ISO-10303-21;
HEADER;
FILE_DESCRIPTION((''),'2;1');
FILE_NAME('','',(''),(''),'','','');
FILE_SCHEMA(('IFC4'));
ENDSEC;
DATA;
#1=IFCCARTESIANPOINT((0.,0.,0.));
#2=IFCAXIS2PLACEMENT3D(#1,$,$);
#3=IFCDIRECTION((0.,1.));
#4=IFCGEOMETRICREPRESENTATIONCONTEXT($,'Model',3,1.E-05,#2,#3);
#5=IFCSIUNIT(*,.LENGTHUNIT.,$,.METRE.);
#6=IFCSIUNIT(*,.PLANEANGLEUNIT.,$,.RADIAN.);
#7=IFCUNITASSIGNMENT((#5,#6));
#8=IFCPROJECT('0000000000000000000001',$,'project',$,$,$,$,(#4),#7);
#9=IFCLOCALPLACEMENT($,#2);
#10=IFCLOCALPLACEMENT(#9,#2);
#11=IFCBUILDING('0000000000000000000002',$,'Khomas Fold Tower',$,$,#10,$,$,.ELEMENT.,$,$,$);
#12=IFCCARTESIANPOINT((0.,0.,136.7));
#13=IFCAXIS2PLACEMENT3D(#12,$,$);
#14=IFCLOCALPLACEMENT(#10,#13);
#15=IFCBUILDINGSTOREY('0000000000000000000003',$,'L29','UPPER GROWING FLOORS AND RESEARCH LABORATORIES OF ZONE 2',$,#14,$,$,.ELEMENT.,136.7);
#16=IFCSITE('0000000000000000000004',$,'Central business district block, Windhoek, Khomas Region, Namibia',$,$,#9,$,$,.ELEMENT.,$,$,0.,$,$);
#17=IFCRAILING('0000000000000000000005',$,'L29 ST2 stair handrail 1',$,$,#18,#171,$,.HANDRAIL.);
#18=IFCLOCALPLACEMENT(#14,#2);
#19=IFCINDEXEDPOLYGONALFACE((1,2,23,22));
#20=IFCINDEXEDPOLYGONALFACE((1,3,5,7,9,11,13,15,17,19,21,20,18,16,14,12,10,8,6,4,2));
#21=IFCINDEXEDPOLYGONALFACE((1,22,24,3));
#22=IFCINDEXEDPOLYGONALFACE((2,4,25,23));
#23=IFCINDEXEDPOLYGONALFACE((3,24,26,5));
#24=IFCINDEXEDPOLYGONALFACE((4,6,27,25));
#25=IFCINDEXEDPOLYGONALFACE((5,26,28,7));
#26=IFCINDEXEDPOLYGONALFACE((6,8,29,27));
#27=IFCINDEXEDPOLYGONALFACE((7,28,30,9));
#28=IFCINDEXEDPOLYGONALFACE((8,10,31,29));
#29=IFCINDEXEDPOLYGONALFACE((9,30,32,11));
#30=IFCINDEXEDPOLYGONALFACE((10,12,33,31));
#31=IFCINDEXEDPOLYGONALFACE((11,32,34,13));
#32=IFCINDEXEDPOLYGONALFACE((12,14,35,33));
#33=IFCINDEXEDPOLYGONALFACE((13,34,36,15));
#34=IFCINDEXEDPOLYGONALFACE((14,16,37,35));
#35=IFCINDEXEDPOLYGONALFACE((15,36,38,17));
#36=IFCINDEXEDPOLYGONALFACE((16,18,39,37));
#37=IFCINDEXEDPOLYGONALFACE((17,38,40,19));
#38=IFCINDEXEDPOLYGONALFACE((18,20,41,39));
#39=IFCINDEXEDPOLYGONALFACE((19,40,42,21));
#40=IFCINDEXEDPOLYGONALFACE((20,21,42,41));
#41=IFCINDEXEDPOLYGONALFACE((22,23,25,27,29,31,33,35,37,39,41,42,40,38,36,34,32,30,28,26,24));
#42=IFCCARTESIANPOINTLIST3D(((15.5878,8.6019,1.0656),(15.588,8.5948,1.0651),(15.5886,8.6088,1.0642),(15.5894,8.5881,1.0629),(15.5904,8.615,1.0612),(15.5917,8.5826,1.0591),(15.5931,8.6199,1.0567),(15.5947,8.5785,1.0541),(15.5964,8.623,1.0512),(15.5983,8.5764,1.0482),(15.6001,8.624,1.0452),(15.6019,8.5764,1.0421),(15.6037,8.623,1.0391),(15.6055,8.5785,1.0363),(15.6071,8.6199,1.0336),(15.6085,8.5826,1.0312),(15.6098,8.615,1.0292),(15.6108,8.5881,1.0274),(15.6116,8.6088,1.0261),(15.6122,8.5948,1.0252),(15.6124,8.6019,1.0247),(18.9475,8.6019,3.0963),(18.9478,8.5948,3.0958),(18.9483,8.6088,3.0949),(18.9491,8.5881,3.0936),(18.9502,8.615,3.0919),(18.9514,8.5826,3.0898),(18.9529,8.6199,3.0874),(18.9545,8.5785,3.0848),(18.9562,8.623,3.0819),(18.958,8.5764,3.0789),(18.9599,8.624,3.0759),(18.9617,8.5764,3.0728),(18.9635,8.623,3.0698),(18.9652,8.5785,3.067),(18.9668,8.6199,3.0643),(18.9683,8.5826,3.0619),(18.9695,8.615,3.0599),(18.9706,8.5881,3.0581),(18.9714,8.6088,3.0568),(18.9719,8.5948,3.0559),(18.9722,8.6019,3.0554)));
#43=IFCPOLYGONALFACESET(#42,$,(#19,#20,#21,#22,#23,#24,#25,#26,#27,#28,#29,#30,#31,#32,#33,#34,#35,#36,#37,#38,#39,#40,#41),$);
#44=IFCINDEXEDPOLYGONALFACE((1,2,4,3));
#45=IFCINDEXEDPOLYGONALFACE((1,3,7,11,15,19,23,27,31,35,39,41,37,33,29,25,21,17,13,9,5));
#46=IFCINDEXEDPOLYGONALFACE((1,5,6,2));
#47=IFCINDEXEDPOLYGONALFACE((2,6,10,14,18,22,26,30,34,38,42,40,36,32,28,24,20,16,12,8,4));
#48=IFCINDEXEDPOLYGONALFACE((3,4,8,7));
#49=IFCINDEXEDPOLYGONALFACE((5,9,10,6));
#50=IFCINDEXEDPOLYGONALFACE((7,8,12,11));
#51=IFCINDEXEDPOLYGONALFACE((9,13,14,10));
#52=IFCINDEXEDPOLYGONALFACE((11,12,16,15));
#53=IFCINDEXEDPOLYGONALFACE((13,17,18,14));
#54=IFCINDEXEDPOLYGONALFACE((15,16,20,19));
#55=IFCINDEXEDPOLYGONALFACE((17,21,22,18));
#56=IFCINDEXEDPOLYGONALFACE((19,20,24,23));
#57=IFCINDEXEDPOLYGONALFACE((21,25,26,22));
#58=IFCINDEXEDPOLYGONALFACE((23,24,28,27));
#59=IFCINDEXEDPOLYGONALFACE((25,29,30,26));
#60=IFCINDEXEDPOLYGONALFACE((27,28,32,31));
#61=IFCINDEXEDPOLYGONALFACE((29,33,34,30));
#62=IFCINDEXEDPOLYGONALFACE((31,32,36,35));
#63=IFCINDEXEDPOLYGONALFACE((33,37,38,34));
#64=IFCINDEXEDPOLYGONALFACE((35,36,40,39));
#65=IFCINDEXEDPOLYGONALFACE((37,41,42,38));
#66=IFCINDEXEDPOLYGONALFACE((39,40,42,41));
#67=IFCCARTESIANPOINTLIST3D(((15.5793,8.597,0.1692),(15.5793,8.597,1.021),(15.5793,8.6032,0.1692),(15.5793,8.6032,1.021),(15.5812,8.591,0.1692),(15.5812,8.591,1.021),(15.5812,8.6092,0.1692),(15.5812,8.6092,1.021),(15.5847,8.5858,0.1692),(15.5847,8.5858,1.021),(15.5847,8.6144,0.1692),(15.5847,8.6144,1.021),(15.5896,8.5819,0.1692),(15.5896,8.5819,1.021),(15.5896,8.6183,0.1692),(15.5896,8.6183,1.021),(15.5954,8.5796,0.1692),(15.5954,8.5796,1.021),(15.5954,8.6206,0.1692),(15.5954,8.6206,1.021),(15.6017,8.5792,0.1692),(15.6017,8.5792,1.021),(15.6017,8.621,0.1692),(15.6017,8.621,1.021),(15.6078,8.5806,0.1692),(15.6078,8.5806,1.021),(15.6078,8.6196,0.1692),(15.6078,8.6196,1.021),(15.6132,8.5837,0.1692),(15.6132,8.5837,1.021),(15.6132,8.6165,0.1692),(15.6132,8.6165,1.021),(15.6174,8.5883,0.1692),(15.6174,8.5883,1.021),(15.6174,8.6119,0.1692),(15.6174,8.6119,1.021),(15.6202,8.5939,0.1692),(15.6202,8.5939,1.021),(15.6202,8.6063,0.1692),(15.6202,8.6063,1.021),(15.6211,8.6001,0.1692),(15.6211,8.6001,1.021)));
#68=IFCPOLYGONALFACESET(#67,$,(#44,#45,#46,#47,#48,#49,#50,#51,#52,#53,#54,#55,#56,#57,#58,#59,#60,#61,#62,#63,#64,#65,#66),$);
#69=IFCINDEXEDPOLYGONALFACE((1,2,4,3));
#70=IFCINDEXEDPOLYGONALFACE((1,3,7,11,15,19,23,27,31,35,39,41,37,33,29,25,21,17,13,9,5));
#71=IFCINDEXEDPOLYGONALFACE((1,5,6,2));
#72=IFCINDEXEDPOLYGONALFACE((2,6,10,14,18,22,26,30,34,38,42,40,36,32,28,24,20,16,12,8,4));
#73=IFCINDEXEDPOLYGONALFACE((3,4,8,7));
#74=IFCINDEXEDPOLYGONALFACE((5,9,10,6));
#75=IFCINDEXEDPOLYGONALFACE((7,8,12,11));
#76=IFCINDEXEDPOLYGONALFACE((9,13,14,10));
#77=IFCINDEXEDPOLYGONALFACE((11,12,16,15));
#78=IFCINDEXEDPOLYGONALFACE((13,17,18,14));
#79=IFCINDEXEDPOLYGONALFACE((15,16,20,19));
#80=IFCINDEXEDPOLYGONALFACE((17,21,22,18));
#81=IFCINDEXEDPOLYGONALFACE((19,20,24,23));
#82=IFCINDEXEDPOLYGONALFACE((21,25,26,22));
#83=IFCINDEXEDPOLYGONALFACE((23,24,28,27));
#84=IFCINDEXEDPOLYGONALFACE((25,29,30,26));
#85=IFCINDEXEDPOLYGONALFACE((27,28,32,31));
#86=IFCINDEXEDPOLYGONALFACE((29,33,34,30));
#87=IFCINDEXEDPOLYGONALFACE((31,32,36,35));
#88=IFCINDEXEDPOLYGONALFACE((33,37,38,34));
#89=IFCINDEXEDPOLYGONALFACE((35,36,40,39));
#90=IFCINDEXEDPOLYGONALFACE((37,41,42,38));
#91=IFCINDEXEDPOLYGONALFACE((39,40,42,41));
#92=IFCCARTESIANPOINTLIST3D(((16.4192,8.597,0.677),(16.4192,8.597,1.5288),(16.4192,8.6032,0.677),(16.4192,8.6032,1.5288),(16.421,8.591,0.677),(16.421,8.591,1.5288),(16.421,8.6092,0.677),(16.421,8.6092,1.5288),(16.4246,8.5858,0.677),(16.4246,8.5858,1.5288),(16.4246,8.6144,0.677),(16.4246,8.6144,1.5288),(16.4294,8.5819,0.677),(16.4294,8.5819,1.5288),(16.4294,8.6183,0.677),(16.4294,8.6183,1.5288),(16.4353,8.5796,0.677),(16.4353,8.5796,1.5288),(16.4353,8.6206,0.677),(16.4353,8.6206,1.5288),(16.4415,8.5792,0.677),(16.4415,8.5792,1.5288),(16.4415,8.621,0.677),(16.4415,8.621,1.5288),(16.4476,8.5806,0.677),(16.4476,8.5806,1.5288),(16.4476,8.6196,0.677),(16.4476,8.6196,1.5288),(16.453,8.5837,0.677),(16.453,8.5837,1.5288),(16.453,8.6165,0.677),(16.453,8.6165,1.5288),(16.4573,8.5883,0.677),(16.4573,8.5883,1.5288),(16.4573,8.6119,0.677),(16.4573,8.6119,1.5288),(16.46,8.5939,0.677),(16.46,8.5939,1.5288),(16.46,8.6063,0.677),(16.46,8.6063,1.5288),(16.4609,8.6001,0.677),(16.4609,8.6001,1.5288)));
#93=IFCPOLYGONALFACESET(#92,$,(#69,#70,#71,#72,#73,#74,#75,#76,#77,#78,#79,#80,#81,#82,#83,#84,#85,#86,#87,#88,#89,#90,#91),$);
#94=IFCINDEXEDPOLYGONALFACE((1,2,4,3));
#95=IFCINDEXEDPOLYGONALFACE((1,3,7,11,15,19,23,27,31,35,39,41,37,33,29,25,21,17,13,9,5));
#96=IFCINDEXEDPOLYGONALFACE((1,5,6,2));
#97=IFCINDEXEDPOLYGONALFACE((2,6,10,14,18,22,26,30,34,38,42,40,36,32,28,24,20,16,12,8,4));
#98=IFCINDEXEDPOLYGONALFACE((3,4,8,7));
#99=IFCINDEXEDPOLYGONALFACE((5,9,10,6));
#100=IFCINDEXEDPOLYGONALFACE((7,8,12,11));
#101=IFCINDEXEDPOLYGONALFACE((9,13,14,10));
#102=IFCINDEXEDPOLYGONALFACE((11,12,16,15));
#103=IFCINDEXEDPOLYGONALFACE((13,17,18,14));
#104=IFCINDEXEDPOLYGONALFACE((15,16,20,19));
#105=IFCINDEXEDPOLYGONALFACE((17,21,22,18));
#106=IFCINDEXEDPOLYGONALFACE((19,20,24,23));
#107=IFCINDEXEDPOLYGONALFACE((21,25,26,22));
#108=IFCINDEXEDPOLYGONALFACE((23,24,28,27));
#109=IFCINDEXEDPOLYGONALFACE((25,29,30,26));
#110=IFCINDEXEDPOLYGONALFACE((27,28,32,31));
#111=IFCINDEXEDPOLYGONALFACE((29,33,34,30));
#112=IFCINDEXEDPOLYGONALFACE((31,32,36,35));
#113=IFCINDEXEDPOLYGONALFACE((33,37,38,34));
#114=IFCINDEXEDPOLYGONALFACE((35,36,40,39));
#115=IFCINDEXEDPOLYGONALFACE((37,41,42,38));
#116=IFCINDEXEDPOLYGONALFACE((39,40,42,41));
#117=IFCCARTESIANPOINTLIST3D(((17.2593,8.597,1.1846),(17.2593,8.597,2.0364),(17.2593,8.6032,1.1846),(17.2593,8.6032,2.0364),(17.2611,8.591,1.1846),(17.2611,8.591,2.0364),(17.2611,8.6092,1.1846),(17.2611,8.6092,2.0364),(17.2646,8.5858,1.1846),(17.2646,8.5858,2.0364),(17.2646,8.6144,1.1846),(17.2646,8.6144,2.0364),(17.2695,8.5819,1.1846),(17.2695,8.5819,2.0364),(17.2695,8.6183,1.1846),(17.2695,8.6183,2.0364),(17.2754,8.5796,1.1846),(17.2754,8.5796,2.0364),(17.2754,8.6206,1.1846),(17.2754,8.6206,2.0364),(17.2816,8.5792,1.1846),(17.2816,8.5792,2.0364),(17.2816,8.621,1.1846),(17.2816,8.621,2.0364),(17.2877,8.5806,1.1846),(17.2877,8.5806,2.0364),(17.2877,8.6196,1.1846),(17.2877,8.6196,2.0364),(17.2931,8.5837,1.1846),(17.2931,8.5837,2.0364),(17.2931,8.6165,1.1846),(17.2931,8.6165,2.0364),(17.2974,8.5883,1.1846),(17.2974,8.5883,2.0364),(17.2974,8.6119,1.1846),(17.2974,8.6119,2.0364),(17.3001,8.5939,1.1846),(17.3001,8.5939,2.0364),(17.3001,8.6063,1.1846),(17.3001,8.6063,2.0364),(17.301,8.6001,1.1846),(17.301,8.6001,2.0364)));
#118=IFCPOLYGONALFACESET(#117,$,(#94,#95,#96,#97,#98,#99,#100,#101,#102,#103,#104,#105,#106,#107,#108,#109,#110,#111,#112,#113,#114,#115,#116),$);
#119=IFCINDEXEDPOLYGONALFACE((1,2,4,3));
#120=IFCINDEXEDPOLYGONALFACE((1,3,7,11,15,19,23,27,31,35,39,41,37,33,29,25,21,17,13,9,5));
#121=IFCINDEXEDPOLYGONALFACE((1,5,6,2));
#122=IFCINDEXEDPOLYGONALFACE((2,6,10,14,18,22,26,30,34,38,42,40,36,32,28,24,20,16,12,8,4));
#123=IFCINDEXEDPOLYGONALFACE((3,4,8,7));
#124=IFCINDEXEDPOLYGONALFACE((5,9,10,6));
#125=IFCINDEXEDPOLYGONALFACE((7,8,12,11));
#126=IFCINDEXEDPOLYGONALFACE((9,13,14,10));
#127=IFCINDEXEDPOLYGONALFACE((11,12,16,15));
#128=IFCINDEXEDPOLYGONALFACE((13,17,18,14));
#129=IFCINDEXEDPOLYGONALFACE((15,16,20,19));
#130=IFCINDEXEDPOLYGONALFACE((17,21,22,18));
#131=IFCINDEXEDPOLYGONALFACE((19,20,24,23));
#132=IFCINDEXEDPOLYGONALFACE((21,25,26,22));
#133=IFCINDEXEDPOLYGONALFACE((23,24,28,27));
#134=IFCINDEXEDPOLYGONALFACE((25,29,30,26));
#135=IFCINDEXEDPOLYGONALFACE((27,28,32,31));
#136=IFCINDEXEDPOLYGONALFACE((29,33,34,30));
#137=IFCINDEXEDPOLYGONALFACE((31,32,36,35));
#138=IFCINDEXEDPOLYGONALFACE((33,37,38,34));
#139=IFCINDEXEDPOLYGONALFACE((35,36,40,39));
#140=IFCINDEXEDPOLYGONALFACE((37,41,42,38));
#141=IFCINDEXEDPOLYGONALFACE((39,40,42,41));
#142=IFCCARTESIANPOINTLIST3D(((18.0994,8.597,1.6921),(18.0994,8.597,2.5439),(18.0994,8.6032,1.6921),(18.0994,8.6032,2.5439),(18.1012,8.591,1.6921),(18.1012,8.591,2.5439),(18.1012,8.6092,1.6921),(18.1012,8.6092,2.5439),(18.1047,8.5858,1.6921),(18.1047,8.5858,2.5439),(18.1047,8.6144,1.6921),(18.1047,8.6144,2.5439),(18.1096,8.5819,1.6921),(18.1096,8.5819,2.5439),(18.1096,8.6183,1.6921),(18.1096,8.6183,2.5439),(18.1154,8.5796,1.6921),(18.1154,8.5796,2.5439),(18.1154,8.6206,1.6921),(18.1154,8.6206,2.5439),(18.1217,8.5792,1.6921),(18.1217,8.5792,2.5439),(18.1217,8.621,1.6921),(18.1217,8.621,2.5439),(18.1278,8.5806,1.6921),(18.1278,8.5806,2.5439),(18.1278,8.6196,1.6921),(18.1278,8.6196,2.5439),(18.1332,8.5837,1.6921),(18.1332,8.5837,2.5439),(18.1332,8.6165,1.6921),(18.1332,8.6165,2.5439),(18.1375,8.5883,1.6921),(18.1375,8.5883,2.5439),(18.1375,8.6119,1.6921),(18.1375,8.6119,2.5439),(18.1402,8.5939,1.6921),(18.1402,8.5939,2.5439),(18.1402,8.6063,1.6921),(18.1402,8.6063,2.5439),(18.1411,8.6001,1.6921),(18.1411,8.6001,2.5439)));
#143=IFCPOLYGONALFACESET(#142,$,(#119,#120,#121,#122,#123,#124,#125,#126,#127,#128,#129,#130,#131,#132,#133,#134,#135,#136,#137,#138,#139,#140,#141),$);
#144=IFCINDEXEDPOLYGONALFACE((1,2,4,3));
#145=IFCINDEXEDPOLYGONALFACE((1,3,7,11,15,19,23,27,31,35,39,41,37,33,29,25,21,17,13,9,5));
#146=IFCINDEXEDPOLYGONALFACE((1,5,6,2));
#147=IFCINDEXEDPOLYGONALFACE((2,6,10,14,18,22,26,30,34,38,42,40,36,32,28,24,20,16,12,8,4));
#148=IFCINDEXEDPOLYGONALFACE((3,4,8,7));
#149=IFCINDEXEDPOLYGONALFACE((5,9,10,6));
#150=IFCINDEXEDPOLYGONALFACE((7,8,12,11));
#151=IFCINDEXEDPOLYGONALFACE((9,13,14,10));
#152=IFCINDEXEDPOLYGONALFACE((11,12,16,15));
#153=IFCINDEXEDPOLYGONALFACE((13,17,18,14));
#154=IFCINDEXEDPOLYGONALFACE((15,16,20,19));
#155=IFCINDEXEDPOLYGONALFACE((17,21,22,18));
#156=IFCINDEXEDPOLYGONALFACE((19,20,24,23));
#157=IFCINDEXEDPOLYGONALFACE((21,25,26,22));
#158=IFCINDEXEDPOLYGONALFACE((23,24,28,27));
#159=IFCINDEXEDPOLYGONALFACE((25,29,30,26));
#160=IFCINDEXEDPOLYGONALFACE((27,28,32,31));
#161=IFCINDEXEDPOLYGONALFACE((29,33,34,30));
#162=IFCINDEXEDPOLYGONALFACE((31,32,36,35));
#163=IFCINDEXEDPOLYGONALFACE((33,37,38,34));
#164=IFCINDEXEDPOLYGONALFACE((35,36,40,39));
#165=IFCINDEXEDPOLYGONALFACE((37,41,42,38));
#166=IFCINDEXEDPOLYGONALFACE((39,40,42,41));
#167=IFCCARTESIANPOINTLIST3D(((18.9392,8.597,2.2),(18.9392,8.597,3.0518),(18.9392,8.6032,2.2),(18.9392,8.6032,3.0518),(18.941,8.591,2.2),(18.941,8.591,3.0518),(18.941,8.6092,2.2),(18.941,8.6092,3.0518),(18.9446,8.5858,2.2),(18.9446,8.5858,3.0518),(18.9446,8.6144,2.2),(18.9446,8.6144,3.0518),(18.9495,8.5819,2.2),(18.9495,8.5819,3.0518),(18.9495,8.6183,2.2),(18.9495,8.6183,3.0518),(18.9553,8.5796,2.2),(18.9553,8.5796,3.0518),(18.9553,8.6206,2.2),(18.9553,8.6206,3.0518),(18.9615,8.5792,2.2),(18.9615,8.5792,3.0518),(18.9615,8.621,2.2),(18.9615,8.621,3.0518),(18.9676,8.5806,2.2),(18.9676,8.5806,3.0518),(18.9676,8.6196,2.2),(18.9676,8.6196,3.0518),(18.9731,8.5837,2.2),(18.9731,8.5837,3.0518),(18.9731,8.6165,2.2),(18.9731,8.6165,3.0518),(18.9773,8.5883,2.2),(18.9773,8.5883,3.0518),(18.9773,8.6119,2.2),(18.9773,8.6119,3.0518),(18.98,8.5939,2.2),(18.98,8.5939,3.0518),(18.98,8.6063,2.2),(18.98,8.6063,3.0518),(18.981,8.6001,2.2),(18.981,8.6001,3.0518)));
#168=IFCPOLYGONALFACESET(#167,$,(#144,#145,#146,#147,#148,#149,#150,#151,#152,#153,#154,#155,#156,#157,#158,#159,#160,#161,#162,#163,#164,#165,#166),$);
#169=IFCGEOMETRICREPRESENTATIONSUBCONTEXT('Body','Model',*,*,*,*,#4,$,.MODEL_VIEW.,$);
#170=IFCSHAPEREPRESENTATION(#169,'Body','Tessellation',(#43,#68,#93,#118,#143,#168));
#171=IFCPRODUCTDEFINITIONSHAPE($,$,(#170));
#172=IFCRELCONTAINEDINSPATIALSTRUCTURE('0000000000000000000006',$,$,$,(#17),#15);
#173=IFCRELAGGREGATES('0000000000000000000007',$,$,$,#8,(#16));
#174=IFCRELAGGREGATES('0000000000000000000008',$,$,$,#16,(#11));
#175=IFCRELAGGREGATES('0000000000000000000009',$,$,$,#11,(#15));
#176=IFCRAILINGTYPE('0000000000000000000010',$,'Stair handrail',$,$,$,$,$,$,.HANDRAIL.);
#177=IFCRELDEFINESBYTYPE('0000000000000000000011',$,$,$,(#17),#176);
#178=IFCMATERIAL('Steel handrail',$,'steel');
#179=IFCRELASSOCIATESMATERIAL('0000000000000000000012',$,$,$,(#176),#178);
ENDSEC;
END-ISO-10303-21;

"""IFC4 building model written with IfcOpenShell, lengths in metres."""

from ifc_helpers import new_model, si_unit, direction, frame, origin, origin_2d, place, context, subcontext, project, spatial, circle, extrude, source, transform, mapped, material, type_object, element, save


model = new_model("IFC4")

# Units and contexts
model_context = context("Model", 3, precision=1e-05, world=origin(), true_north=direction((0.0, 1.0)))
body_context = subcontext(model_context, "Body", "Model", "MODEL_VIEW")
ifc_project = project(units=[si_unit("LENGTHUNIT", "METRE"), si_unit("PLANEANGLEUNIT", "RADIAN")], contexts=[model_context])

# Site, building, storey
site_placement = place(None, origin())
site = spatial("IfcSite", under=ifc_project, at=site_placement, Name="Central business district block, Windhoek, Khomas Region, Namibia", CompositionType="ELEMENT", RefElevation=0.0)
building_placement = place(site_placement, origin())
building = spatial("IfcBuilding", under=site, at=building_placement, Name="Khomas Fold Tower", CompositionType="ELEMENT")
storey_placement = place(building_placement, frame((0.0, 0.0, 136.7)))
storey = spatial("IfcBuildingStorey", under=building, at=storey_placement, Name="L29", Description="UPPER GROWING FLOORS AND RESEARCH LABORATORIES OF ZONE 2", CompositionType="ELEMENT", Elevation=136.7)

# Railing
ifc_material_1 = material(Name="Steel handrail", Category="steel")
railing_type_1 = type_object("IfcRailingType", Name="Stair handrail", PredefinedType="HANDRAIL", material=ifc_material_1)
shared_shape_1 = source(origin(), body_context, "Body", "SweptSolid", [
    extrude(circle(Radius=0.0239, at=origin_2d()), frame((0.0, 0.0, 0.876), z_axis=(0.85582, 0.0, 0.517273), x_axis=(0.0, 1.0, 0.0)), (0.0, 0.0, 1.0), 3.9258),
    extrude(circle(Radius=0.021, at=origin_2d()), origin(), (0.0, 0.0, 1.0), 0.8518),
    extrude(circle(Radius=0.021, at=origin_2d()), frame((0.8398, 0.0, 0.5078)), (0.0, 0.0, 1.0), 0.8518),
    extrude(circle(Radius=0.021, at=origin_2d()), frame((1.6799, 0.0, 1.0154)), (0.0, 0.0, 1.0), 0.8518),
    extrude(circle(Radius=0.021, at=origin_2d()), frame((2.52, 0.0, 1.5229)), (0.0, 0.0, 1.0), 0.8518),
    extrude(circle(Radius=0.021, at=origin_2d()), frame((3.3599, 0.0, 2.0308)), (0.0, 0.0, 1.0), 0.8518),
])
railing_1_placement = place(storey_placement, frame((15.6001, 8.6001, 0.1692)))
element("IfcRailing", 1, at=railing_1_placement, inside=storey, type_object=railing_type_1, Name="L29 ST2 stair handrail 1", PredefinedType="HANDRAIL", context=body_context, shape_type="MappedRepresentation", body=[
    mapped(shared_shape_1, transform((0.0, 0.0, 0.0))),
])

save(model, "model.ifc")
